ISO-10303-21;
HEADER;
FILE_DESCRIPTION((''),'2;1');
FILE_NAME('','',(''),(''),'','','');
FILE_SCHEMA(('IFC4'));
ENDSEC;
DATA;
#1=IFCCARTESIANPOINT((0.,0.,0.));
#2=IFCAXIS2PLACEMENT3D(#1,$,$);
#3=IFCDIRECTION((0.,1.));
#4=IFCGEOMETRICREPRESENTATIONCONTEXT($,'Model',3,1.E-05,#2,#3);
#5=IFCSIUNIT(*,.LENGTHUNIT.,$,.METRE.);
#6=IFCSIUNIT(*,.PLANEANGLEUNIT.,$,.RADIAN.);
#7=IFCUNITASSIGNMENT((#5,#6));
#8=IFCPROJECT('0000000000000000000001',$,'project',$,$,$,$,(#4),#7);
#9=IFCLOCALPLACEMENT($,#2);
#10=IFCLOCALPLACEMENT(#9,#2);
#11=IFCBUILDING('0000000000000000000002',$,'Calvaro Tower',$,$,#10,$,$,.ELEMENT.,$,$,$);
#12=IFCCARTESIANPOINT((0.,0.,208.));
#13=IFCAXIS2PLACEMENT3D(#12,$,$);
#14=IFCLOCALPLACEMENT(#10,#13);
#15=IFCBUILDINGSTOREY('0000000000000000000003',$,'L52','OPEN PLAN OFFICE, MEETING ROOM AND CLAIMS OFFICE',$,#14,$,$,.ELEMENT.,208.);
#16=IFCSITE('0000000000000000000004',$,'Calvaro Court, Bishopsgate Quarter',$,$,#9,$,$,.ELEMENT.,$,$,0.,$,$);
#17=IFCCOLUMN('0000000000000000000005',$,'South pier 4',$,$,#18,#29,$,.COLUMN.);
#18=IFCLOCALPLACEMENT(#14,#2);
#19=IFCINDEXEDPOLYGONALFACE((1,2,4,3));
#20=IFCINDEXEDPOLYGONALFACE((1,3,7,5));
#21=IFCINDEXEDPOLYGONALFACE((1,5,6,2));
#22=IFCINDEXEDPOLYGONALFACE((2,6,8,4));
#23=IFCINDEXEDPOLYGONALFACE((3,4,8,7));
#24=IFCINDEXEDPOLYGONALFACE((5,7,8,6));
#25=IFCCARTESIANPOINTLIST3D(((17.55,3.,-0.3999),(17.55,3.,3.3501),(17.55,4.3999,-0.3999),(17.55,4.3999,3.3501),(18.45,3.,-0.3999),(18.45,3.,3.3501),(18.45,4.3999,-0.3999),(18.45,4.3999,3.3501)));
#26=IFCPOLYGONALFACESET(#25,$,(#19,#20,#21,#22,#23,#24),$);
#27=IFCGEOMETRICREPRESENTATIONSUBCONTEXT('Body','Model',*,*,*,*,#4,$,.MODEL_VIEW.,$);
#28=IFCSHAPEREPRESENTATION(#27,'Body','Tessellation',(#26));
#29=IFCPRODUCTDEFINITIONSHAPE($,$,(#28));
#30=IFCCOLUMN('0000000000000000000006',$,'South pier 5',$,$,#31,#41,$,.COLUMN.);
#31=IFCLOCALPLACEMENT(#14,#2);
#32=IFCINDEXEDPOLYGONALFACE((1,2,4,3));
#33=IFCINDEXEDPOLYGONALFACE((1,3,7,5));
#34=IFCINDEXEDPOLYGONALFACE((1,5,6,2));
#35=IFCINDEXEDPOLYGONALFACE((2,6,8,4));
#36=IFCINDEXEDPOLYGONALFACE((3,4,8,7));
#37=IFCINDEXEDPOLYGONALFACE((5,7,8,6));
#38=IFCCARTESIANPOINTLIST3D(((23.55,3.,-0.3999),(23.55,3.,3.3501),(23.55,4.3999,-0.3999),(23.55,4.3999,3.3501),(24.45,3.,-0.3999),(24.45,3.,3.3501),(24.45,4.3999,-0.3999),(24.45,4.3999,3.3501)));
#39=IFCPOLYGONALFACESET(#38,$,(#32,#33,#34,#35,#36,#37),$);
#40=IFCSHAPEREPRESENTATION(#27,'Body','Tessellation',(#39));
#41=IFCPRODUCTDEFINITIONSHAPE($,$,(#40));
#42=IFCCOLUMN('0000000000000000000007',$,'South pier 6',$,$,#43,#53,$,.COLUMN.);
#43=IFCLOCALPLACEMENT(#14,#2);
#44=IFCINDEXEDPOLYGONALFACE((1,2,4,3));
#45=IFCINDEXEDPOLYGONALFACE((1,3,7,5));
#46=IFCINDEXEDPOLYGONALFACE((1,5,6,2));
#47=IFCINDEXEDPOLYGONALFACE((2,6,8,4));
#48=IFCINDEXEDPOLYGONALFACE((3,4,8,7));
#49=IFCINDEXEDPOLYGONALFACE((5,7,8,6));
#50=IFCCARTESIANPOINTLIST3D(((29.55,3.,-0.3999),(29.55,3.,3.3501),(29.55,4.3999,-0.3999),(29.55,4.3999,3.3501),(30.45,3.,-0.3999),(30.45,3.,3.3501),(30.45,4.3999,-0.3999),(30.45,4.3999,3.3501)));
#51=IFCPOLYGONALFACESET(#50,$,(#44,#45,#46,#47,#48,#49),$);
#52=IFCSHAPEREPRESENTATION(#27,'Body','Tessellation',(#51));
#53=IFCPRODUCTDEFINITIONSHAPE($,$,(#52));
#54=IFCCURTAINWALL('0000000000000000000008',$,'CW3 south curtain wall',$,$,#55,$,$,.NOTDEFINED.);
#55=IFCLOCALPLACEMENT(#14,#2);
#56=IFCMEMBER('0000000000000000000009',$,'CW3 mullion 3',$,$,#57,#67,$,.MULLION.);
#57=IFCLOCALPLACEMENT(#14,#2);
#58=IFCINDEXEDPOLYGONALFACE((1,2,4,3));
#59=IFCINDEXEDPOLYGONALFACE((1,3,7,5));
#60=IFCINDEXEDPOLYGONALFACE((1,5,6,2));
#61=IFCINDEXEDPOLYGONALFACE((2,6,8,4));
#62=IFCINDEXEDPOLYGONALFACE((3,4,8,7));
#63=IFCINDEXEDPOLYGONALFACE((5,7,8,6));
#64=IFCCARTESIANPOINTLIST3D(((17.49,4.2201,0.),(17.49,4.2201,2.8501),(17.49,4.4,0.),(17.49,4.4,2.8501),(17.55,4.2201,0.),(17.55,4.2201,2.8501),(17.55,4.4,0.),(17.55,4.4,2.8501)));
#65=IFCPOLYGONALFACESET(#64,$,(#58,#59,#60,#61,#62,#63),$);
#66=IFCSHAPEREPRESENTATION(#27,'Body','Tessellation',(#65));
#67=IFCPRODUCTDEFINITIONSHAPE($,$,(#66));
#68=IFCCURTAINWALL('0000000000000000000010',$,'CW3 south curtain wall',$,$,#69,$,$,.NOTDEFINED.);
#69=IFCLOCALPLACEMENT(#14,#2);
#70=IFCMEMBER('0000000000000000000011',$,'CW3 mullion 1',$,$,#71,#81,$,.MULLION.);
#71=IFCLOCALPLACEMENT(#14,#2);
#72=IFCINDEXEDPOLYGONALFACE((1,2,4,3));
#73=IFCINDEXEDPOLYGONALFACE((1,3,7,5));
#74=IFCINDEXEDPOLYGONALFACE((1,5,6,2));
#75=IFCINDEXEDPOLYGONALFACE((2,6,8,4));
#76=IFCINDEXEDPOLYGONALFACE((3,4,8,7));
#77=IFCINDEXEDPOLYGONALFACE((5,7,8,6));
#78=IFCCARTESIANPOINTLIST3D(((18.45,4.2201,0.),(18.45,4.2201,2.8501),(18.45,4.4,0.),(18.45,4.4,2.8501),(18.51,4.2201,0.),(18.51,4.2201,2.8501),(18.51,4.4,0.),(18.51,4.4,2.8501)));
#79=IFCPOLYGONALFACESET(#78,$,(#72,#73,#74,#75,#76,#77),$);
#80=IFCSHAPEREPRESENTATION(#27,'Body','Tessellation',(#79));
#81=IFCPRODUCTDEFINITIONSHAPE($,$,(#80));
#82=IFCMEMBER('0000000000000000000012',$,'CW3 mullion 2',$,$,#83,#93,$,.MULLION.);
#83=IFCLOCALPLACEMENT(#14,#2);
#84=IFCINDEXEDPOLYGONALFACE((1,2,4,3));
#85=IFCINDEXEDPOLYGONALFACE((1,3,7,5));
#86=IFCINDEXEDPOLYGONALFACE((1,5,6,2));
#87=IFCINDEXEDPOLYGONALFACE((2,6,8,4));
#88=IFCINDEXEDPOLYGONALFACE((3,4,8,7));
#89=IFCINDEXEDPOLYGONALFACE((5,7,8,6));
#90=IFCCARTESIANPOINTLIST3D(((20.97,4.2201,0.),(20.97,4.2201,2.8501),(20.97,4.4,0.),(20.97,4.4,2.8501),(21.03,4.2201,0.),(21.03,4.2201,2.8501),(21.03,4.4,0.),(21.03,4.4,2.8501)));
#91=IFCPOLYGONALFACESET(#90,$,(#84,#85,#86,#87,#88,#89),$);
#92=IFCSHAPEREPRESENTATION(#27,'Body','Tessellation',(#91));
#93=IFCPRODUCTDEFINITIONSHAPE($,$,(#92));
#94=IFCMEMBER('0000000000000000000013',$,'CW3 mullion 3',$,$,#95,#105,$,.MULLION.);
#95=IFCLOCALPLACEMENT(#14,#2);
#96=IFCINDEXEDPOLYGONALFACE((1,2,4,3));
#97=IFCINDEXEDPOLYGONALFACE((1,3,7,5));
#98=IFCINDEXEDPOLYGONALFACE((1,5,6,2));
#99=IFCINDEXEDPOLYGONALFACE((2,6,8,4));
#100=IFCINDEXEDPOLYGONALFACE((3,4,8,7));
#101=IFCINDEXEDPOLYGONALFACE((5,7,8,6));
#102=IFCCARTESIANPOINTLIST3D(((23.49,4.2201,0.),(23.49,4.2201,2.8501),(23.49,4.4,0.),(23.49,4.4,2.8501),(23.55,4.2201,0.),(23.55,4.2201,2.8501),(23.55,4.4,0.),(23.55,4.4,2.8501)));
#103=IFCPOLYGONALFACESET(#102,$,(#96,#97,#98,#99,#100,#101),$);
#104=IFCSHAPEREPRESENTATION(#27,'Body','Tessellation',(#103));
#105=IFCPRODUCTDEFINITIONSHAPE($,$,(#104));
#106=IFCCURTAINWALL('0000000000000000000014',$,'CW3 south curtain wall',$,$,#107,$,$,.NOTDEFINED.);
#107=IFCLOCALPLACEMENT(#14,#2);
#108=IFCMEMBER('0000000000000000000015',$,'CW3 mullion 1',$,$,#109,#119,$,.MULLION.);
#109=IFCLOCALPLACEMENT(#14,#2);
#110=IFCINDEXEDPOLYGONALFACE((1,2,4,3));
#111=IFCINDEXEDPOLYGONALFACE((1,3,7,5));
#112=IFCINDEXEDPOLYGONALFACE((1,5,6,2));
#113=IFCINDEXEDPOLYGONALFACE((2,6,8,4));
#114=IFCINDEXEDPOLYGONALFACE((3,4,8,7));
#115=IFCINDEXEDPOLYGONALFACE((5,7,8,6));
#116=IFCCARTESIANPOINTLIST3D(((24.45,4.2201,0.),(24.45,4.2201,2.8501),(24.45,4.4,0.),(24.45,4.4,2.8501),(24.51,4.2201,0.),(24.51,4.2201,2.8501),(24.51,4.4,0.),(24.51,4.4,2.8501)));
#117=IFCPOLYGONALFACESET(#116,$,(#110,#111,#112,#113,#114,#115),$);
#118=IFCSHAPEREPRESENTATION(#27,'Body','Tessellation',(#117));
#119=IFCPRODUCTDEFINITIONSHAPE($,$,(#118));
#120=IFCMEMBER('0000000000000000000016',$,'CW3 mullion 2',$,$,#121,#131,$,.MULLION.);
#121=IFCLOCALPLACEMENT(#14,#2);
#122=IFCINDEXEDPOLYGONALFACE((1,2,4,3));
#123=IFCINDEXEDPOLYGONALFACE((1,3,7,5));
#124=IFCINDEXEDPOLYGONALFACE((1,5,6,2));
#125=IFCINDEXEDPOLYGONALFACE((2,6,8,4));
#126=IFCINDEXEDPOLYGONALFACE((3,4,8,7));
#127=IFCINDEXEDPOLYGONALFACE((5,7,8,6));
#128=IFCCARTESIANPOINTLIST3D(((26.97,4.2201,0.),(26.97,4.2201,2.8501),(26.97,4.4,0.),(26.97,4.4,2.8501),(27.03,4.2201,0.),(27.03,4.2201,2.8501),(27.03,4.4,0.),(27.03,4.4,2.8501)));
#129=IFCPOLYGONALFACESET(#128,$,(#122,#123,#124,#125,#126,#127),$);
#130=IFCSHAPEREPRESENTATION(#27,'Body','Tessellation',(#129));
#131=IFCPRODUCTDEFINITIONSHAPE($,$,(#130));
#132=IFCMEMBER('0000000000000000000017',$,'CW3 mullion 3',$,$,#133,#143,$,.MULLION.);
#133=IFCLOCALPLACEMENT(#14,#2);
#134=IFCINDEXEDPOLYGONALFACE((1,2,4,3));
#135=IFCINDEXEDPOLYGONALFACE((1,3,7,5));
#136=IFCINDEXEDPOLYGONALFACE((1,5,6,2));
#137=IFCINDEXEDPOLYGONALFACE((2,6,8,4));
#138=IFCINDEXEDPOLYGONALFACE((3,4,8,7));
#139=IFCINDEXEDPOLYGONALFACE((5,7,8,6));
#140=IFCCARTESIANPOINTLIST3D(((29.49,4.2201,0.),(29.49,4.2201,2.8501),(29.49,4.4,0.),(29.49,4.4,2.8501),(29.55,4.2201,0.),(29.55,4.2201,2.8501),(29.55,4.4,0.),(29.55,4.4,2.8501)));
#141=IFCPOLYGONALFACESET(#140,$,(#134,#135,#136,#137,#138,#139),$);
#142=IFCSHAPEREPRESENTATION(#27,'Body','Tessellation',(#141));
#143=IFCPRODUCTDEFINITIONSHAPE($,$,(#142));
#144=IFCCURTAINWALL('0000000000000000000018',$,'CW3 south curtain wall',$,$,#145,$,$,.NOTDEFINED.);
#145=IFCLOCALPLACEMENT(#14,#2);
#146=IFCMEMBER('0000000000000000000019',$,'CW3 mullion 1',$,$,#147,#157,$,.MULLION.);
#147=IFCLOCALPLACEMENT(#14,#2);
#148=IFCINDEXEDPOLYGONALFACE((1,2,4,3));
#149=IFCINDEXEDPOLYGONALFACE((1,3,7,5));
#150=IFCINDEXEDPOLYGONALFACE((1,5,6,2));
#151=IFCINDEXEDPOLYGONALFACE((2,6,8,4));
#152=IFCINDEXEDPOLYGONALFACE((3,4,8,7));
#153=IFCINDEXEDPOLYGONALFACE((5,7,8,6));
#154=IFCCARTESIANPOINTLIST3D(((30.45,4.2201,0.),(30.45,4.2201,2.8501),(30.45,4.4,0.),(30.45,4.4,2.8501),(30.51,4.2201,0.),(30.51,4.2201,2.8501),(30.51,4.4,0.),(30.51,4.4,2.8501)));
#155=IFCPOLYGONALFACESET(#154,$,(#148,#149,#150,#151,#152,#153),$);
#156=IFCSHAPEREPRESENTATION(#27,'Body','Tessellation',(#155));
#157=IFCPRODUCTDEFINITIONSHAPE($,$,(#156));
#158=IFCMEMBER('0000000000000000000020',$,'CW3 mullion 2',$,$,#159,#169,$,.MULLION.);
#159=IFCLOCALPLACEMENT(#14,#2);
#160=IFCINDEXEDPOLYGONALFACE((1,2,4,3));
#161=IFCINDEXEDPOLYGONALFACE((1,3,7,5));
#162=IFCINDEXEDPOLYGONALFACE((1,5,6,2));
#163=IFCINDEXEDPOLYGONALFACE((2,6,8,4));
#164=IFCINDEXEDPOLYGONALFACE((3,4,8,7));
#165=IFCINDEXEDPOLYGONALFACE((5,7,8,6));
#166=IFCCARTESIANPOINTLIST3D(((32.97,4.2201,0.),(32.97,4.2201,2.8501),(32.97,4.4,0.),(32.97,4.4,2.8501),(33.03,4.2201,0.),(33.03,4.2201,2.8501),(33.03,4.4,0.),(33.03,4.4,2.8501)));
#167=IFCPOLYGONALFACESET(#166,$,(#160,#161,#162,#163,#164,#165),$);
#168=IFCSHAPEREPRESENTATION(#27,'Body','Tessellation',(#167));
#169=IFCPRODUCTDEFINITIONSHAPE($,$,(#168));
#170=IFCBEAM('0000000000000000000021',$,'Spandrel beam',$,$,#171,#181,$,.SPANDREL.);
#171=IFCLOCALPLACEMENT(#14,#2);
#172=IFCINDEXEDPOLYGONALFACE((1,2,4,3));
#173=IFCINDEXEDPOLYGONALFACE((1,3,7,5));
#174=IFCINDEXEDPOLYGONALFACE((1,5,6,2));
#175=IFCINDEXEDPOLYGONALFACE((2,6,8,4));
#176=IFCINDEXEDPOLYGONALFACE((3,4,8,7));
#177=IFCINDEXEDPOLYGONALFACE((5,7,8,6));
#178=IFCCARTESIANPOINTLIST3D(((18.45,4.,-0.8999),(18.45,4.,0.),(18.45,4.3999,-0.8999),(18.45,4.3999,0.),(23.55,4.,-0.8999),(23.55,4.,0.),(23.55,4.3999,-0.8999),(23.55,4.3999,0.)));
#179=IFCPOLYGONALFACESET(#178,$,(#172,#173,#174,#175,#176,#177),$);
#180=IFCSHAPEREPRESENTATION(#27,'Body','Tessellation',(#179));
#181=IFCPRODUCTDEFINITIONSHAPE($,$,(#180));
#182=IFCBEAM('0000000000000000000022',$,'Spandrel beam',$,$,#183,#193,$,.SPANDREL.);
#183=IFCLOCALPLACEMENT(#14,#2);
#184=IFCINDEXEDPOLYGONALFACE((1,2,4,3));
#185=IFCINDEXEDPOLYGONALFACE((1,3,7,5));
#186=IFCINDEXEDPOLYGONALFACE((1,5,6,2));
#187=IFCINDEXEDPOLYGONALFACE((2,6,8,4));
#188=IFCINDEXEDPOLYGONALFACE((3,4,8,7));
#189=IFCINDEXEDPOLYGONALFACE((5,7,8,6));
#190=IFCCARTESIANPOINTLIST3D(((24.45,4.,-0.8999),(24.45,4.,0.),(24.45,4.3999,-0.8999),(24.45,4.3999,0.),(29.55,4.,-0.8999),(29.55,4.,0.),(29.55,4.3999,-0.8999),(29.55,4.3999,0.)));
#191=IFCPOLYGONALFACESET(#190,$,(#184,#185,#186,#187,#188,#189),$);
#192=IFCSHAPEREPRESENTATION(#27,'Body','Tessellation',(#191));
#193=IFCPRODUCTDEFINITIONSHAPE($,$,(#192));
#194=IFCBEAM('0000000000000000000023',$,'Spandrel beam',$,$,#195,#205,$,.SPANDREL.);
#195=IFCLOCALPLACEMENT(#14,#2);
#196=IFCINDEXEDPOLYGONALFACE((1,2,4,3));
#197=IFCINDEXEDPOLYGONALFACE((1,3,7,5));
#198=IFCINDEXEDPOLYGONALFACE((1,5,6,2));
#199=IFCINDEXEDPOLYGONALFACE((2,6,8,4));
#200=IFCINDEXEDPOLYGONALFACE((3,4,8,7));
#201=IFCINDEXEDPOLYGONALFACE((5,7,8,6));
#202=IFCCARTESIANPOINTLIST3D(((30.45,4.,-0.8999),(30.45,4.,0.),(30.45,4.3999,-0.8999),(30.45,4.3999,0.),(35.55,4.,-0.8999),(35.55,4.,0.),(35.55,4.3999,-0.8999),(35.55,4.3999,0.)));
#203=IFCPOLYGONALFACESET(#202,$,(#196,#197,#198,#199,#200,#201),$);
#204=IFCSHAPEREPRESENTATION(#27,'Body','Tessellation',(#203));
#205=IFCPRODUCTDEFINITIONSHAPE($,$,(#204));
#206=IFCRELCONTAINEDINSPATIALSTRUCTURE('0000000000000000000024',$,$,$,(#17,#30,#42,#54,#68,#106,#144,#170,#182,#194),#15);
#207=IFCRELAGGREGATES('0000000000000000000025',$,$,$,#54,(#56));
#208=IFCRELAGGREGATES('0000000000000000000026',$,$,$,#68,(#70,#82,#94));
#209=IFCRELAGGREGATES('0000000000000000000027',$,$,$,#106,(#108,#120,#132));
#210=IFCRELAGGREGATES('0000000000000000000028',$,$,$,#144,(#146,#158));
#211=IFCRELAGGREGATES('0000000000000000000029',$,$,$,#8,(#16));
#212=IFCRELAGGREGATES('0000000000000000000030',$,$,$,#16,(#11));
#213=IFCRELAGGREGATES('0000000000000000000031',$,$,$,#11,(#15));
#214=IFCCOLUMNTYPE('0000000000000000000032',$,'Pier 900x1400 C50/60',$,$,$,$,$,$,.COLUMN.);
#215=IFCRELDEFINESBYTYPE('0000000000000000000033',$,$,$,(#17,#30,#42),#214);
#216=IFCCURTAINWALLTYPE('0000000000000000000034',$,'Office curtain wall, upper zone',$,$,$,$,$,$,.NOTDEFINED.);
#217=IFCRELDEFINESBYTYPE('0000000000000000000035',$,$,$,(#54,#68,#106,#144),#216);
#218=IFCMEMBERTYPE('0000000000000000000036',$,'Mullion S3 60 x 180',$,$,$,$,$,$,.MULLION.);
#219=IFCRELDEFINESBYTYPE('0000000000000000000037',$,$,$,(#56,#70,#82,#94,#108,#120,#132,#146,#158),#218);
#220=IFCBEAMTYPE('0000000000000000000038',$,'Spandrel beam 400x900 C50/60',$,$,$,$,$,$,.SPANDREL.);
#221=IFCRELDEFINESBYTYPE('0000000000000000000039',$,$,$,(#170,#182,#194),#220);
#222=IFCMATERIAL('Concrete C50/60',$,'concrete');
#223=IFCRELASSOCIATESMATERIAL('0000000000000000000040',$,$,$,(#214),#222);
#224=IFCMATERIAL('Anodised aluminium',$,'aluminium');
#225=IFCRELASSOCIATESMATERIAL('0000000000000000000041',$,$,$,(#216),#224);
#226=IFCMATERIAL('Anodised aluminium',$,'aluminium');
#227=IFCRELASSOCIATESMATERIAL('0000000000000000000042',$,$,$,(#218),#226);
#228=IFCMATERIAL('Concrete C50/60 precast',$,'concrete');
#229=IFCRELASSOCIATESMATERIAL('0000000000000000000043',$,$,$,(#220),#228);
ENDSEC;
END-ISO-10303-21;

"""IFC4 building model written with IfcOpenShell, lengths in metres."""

from ifc_helpers import new_model, si_unit, direction, frame, origin, origin_2d, place, context, subcontext, project, spatial, rectangle, extrude, material, material_profile, profile_set, type_object, element, aggregate, save


model = new_model("IFC4")

# Units and contexts
model_context = context("Model", 3, precision=1e-05, world=origin(), true_north=direction((0.0, 1.0)))
body_context = subcontext(model_context, "Body", "Model", "MODEL_VIEW")
ifc_project = project(units=[si_unit("LENGTHUNIT", "METRE"), si_unit("PLANEANGLEUNIT", "RADIAN")], contexts=[model_context])

# Site, building, storey
site_placement = place(None, origin())
site = spatial("IfcSite", under=ifc_project, at=site_placement, Name="Calvaro Court, Bishopsgate Quarter", CompositionType="ELEMENT", RefElevation=0.0)
building_placement = place(site_placement, origin())
building = spatial("IfcBuilding", under=site, at=building_placement, Name="Calvaro Tower", CompositionType="ELEMENT")
storey_placement = place(building_placement, frame((0.0, 0.0, 208.0)))
storey = spatial("IfcBuildingStorey", under=building, at=storey_placement, Name="L52", Description="OPEN PLAN OFFICE, MEETING ROOM AND CLAIMS OFFICE", CompositionType="ELEMENT", Elevation=208.0)

# Columns
ifc_material_1 = material(Name="Concrete C50/60", Category="concrete")
ifc_material_profile_1 = material_profile(ifc_material_1, rectangle(XDim=0.8999, YDim=1.3999, at=origin_2d()), Name="RC 900x1400")
ifc_profile_set_1 = profile_set([ifc_material_profile_1], Name="Concrete C50/60")
column_type = type_object("IfcColumnType", Name="Pier 900x1400 C50/60", PredefinedType="COLUMN", material=ifc_profile_set_1)
for number, where, z_axis, x_axis, name in (
    (1, (18.0, 3.7, -0.3999), (0.0, 0.0, 1.0), (1.0, 0.0, 0.0), "South pier 4"),
    (2, (24.0, 3.7, -0.3999), (0.0, 0.0, 1.0), (1.0, 0.0, 0.0), "South pier 5"),
    (3, (30.0, 3.7, -0.3999), (0.0, 0.0, 1.0), (1.0, 0.0, 0.0), "South pier 6"),
):
    element("IfcColumn", number, at=place(storey_placement, frame(where, z_axis=z_axis, x_axis=x_axis)), inside=storey, type_object=column_type, Name=name, PredefinedType="COLUMN", context=body_context, shape_type="SweptSolid", body=[
        extrude(rectangle(XDim=0.8999, YDim=1.3999, at=origin_2d()), origin(), (0.0, 0.0, 1.0), 3.75),
    ])

# Curtain wall, member
ifc_material_2 = material(Name="Anodised aluminium", Category="aluminium")
curtain_wall_type = type_object("IfcCurtainWallType", Name="Office curtain wall, upper zone", PredefinedType="NOTDEFINED", material=ifc_material_2)
curtain_wall_1_placement = place(storey_placement, origin())
curtain_wall_1 = element("IfcCurtainWall", 4, at=curtain_wall_1_placement, inside=storey, type_object=curtain_wall_type, Name="CW3 south curtain wall", PredefinedType="NOTDEFINED")
ifc_material_3 = material(Name="Anodised aluminium", Category="aluminium")
ifc_material_profile_2 = material_profile(ifc_material_3, rectangle(XDim=0.1799, YDim=0.0601, at=origin_2d()), Name="Mullion S3 60 x 180")
ifc_profile_set_2 = profile_set([ifc_material_profile_2], Name="Anodised aluminium")
member_type_1 = type_object("IfcMemberType", Name="Mullion S3 60 x 180", PredefinedType="MULLION", material=ifc_profile_set_2)
member_1_placement = place(storey_placement, frame((17.52, 4.3101, 0.0), z_axis=(0.0, 0.0, 1.0), x_axis=(0.0, 1.0, 0.0)))
member_1 = element("IfcMember", 5, at=member_1_placement, type_object=member_type_1, Name="CW3 mullion 3", PredefinedType="MULLION", context=body_context, shape_type="SweptSolid", body=[
    extrude(rectangle(XDim=0.1799, YDim=0.0601, at=origin_2d()), origin(), (0.0, 0.0, 1.0), 2.8501),
])
aggregate(curtain_wall_1, [member_1])

# Curtain walls, members
curtain_wall_2_placement = place(storey_placement, origin())
curtain_wall_2 = element("IfcCurtainWall", 6, at=curtain_wall_2_placement, inside=storey, type_object=curtain_wall_type, Name="CW3 south curtain wall", PredefinedType="NOTDEFINED")
member_2_placement = place(storey_placement, frame((18.48, 4.3101, 0.0), z_axis=(0.0, 0.0, 1.0), x_axis=(0.0, 1.0, 0.0)))
member_2 = element("IfcMember", 7, at=member_2_placement, type_object=member_type_1, Name="CW3 mullion 1", PredefinedType="MULLION", context=body_context, shape_type="SweptSolid", body=[
    extrude(rectangle(XDim=0.1799, YDim=0.0601, at=origin_2d()), origin(), (0.0, 0.0, 1.0), 2.8501),
])
member_3_placement = place(storey_placement, frame((21.0, 4.3101, 0.0), z_axis=(0.0, 0.0, 1.0), x_axis=(0.0, 1.0, 0.0)))
member_3 = element("IfcMember", 8, at=member_3_placement, type_object=member_type_1, Name="CW3 mullion 2", PredefinedType="MULLION", context=body_context, shape_type="SweptSolid", body=[
    extrude(rectangle(XDim=0.1799, YDim=0.0601, at=origin_2d()), origin(), (0.0, 0.0, 1.0), 2.8501),
])
member_4_placement = place(storey_placement, frame((23.52, 4.3101, 0.0), z_axis=(0.0, 0.0, 1.0), x_axis=(0.0, 1.0, 0.0)))
member_4 = element("IfcMember", 9, at=member_4_placement, type_object=member_type_1, Name="CW3 mullion 3", PredefinedType="MULLION", context=body_context, shape_type="SweptSolid", body=[
    extrude(rectangle(XDim=0.1799, YDim=0.0601, at=origin_2d()), origin(), (0.0, 0.0, 1.0), 2.8501),
])
curtain_wall_3_placement = place(storey_placement, origin())
curtain_wall_3 = element("IfcCurtainWall", 10, at=curtain_wall_3_placement, inside=storey, type_object=curtain_wall_type, Name="CW3 south curtain wall", PredefinedType="NOTDEFINED")
member_5_placement = place(storey_placement, frame((24.48, 4.3101, 0.0), z_axis=(0.0, 0.0, 1.0), x_axis=(0.0, 1.0, 0.0)))
member_5 = element("IfcMember", 11, at=member_5_placement, type_object=member_type_1, Name="CW3 mullion 1", PredefinedType="MULLION", context=body_context, shape_type="SweptSolid", body=[
    extrude(rectangle(XDim=0.1799, YDim=0.0601, at=origin_2d()), origin(), (0.0, 0.0, 1.0), 2.8501),
])
member_6_placement = place(storey_placement, frame((27.0, 4.3101, 0.0), z_axis=(0.0, 0.0, 1.0), x_axis=(0.0, 1.0, 0.0)))
member_6 = element("IfcMember", 12, at=member_6_placement, type_object=member_type_1, Name="CW3 mullion 2", PredefinedType="MULLION", context=body_context, shape_type="SweptSolid", body=[
    extrude(rectangle(XDim=0.1799, YDim=0.0601, at=origin_2d()), origin(), (0.0, 0.0, 1.0), 2.8501),
])
member_7_placement = place(storey_placement, frame((29.52, 4.3101, 0.0), z_axis=(0.0, 0.0, 1.0), x_axis=(0.0, 1.0, 0.0)))
member_7 = element("IfcMember", 13, at=member_7_placement, type_object=member_type_1, Name="CW3 mullion 3", PredefinedType="MULLION", context=body_context, shape_type="SweptSolid", body=[
    extrude(rectangle(XDim=0.1799, YDim=0.0601, at=origin_2d()), origin(), (0.0, 0.0, 1.0), 2.8501),
])
curtain_wall_4_placement = place(storey_placement, origin())
curtain_wall_4 = element("IfcCurtainWall", 14, at=curtain_wall_4_placement, inside=storey, type_object=curtain_wall_type, Name="CW3 south curtain wall", PredefinedType="NOTDEFINED")
member_8_placement = place(storey_placement, frame((30.48, 4.3101, 0.0), z_axis=(0.0, 0.0, 1.0), x_axis=(0.0, 1.0, 0.0)))
member_8 = element("IfcMember", 15, at=member_8_placement, type_object=member_type_1, Name="CW3 mullion 1", PredefinedType="MULLION", context=body_context, shape_type="SweptSolid", body=[
    extrude(rectangle(XDim=0.1799, YDim=0.0601, at=origin_2d()), origin(), (0.0, 0.0, 1.0), 2.8501),
])
member_9_placement = place(storey_placement, frame((33.0, 4.3101, 0.0), z_axis=(0.0, 0.0, 1.0), x_axis=(0.0, 1.0, 0.0)))
member_9 = element("IfcMember", 16, at=member_9_placement, type_object=member_type_1, Name="CW3 mullion 2", PredefinedType="MULLION", context=body_context, shape_type="SweptSolid", body=[
    extrude(rectangle(XDim=0.1799, YDim=0.0601, at=origin_2d()), origin(), (0.0, 0.0, 1.0), 2.8501),
])

# Beams
ifc_material_4 = material(Name="Concrete C50/60 precast", Category="concrete")
ifc_material_profile_3 = material_profile(ifc_material_4, rectangle(XDim=0.3999, YDim=0.8999, at=origin_2d()), Name="RC 400x900")
ifc_profile_set_3 = profile_set([ifc_material_profile_3], Name="Concrete C50/60 precast")
beam_type = type_object("IfcBeamType", Name="Spandrel beam 400x900 C50/60", PredefinedType="SPANDREL", material=ifc_profile_set_3)
for number, where, z_axis, x_axis, name in (
    (17, (18.45, 4.2, -0.45), (1.0, 0.0, 0.0), (0.0, 1.0, 0.0), "Spandrel beam"),
    (18, (24.45, 4.2, -0.45), (1.0, 0.0, 0.0), (0.0, 1.0, 0.0), "Spandrel beam"),
    (19, (30.45, 4.2, -0.45), (1.0, 0.0, 0.0), (0.0, 1.0, 0.0), "Spandrel beam"),
):
    element("IfcBeam", number, at=place(storey_placement, frame(where, z_axis=z_axis, x_axis=x_axis)), inside=storey, type_object=beam_type, Name=name, PredefinedType="SPANDREL", context=body_context, shape_type="SweptSolid", body=[
        extrude(rectangle(XDim=0.3999, YDim=0.8999, at=origin_2d()), origin(), (0.0, 0.0, 1.0), 5.1001),
    ])

aggregate(curtain_wall_2, [member_2, member_3, member_4])
aggregate(curtain_wall_3, [member_5, member_6, member_7])
aggregate(curtain_wall_4, [member_8, member_9])

save(model, "model.ifc")
